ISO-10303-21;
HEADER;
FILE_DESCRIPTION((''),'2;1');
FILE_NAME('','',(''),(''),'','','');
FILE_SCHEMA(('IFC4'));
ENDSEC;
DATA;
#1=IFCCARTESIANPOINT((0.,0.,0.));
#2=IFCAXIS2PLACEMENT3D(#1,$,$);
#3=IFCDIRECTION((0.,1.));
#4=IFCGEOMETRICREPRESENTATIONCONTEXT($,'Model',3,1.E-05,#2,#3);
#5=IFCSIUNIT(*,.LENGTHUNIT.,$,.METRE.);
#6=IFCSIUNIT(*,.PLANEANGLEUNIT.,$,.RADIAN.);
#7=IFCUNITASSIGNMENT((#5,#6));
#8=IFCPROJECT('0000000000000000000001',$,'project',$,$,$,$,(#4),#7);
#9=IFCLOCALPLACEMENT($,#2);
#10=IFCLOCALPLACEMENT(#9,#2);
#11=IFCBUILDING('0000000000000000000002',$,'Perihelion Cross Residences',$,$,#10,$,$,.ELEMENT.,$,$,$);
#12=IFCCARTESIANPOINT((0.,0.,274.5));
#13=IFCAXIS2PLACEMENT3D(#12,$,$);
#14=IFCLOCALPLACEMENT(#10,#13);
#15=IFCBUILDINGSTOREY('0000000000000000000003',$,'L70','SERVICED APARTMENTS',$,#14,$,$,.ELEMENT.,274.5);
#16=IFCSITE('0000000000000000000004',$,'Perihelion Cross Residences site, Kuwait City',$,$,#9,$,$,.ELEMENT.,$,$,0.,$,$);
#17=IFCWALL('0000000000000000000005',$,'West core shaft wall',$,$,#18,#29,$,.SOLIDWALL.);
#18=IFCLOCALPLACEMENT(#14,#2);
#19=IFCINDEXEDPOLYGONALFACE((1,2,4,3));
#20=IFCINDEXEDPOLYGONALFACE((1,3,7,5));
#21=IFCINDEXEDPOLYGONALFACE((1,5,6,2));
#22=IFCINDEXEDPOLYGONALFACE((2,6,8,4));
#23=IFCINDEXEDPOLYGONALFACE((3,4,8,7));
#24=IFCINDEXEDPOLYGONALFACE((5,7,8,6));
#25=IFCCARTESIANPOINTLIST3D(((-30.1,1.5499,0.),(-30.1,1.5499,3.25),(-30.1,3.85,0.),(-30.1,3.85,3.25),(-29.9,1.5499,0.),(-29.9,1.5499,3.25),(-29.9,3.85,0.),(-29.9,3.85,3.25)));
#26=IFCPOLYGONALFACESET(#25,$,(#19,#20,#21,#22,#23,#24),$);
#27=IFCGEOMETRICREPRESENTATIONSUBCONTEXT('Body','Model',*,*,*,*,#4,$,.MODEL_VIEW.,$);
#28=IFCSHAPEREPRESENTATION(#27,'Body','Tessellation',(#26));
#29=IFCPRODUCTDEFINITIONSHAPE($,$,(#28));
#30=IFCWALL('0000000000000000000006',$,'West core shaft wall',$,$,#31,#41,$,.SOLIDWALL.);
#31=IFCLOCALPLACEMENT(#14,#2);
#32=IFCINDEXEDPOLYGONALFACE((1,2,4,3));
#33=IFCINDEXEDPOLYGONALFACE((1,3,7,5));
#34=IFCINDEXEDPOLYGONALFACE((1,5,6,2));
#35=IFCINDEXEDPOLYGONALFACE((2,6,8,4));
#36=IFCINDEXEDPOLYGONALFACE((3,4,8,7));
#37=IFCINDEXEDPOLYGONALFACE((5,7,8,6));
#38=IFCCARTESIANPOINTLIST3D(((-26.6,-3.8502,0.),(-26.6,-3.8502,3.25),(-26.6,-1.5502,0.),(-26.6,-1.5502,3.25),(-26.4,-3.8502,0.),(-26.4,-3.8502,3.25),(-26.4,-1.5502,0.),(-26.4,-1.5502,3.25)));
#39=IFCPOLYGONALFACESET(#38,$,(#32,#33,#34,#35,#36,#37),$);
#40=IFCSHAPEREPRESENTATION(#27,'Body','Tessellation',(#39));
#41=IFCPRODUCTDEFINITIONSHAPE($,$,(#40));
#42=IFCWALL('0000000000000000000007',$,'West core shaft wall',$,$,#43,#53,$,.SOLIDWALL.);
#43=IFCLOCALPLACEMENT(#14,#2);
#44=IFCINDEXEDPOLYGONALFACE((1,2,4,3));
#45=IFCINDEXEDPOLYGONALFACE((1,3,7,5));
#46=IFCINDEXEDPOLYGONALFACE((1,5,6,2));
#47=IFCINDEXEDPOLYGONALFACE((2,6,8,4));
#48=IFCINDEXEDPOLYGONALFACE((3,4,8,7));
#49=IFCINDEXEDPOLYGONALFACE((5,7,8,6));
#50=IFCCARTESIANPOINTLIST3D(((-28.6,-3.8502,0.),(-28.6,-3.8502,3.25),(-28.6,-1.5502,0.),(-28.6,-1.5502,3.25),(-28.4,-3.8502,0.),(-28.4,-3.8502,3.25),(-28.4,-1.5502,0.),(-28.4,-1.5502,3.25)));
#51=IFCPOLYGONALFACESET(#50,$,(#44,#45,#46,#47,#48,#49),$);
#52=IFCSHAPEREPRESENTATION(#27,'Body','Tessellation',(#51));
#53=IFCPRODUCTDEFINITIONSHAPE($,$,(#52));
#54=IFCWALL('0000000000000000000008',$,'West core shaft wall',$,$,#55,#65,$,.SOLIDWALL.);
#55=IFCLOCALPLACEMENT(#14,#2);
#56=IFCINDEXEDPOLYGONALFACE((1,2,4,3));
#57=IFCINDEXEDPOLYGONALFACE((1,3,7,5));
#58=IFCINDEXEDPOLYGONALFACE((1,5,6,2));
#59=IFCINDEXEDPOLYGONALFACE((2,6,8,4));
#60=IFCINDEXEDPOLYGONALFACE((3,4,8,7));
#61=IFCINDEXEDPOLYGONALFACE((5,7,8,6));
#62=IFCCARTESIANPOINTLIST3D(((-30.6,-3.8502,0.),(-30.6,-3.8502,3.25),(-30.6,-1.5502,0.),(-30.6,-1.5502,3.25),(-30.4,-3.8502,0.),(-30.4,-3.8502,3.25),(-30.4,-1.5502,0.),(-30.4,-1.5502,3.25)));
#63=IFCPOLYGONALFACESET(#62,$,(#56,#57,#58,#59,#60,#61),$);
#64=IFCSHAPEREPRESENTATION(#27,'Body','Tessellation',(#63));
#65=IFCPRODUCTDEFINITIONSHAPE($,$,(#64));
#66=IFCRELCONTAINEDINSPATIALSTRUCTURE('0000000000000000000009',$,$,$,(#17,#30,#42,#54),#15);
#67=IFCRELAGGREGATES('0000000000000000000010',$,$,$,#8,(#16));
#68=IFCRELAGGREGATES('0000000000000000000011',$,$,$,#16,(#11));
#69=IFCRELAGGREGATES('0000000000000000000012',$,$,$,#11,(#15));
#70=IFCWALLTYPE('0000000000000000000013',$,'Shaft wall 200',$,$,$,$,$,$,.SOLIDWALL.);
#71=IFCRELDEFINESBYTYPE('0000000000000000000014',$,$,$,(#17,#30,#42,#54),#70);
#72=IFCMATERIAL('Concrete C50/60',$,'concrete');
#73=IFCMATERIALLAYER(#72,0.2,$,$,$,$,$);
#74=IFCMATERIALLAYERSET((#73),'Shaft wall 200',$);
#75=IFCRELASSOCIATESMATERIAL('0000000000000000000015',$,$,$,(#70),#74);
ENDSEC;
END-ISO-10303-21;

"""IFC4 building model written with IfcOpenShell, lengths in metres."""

from ifc_helpers import new_model, si_unit, direction, frame, frame_2d, origin, place, context, subcontext, project, spatial, rectangle, extrude, material, layer, layer_set, type_object, element, save


model = new_model("IFC4")

# Units and contexts
model_context = context("Model", 3, precision=1e-05, world=origin(), true_north=direction((0.0, 1.0)))
body_context = subcontext(model_context, "Body", "Model", "MODEL_VIEW")
ifc_project = project(units=[si_unit("LENGTHUNIT", "METRE"), si_unit("PLANEANGLEUNIT", "RADIAN")], contexts=[model_context])

# Site, building, storey
site_placement = place(None, origin())
site = spatial("IfcSite", under=ifc_project, at=site_placement, Name="Perihelion Cross Residences site, Kuwait City", CompositionType="ELEMENT", RefElevation=0.0)
building_placement = place(site_placement, origin())
building = spatial("IfcBuilding", under=site, at=building_placement, Name="Perihelion Cross Residences", CompositionType="ELEMENT")
storey_placement = place(building_placement, frame((0.0, 0.0, 274.5)))
storey = spatial("IfcBuildingStorey", under=building, at=storey_placement, Name="L70", Description="SERVICED APARTMENTS", CompositionType="ELEMENT", Elevation=274.5)

# Shared definitions
ifc_material_1 = material(Name="Concrete C50/60", Category="concrete")
ifc_layer_1 = layer(ifc_material_1, 0.2)
ifc_layer_set_1 = layer_set([ifc_layer_1], Name="Shaft wall 200")
wall_type_1 = type_object("IfcWallType", Name="Shaft wall 200", PredefinedType="SOLIDWALL", material=ifc_layer_set_1)

# Walls
for number, where, z_axis, x_axis, name in (
    (1, (-30.0, 1.55, 0.0), (0.0, 0.0, 1.0), (0.0, 1.0, 0.0), "West core shaft wall"),
    (2, (-26.5, -3.8501, 0.0), (0.0, 0.0, 1.0), (0.0, 1.0, 0.0), "West core shaft wall"),
    (3, (-28.5, -3.8501, 0.0), (0.0, 0.0, 1.0), (0.0, 1.0, 0.0), "West core shaft wall"),
    (4, (-30.5, -3.8501, 0.0), (0.0, 0.0, 1.0), (0.0, 1.0, 0.0), "West core shaft wall"),
):
    element("IfcWall", number, at=place(storey_placement, frame(where, z_axis=z_axis, x_axis=x_axis)), inside=storey, type_object=wall_type_1, Name=name, PredefinedType="SOLIDWALL", context=body_context, shape_type="SweptSolid", body=[
        extrude(rectangle(XDim=2.3, YDim=0.2, at=frame_2d((1.1499, 0.0))), origin(), (0.0, 0.0, 1.0), 3.25),
    ])

save(model, "model.ifc")
